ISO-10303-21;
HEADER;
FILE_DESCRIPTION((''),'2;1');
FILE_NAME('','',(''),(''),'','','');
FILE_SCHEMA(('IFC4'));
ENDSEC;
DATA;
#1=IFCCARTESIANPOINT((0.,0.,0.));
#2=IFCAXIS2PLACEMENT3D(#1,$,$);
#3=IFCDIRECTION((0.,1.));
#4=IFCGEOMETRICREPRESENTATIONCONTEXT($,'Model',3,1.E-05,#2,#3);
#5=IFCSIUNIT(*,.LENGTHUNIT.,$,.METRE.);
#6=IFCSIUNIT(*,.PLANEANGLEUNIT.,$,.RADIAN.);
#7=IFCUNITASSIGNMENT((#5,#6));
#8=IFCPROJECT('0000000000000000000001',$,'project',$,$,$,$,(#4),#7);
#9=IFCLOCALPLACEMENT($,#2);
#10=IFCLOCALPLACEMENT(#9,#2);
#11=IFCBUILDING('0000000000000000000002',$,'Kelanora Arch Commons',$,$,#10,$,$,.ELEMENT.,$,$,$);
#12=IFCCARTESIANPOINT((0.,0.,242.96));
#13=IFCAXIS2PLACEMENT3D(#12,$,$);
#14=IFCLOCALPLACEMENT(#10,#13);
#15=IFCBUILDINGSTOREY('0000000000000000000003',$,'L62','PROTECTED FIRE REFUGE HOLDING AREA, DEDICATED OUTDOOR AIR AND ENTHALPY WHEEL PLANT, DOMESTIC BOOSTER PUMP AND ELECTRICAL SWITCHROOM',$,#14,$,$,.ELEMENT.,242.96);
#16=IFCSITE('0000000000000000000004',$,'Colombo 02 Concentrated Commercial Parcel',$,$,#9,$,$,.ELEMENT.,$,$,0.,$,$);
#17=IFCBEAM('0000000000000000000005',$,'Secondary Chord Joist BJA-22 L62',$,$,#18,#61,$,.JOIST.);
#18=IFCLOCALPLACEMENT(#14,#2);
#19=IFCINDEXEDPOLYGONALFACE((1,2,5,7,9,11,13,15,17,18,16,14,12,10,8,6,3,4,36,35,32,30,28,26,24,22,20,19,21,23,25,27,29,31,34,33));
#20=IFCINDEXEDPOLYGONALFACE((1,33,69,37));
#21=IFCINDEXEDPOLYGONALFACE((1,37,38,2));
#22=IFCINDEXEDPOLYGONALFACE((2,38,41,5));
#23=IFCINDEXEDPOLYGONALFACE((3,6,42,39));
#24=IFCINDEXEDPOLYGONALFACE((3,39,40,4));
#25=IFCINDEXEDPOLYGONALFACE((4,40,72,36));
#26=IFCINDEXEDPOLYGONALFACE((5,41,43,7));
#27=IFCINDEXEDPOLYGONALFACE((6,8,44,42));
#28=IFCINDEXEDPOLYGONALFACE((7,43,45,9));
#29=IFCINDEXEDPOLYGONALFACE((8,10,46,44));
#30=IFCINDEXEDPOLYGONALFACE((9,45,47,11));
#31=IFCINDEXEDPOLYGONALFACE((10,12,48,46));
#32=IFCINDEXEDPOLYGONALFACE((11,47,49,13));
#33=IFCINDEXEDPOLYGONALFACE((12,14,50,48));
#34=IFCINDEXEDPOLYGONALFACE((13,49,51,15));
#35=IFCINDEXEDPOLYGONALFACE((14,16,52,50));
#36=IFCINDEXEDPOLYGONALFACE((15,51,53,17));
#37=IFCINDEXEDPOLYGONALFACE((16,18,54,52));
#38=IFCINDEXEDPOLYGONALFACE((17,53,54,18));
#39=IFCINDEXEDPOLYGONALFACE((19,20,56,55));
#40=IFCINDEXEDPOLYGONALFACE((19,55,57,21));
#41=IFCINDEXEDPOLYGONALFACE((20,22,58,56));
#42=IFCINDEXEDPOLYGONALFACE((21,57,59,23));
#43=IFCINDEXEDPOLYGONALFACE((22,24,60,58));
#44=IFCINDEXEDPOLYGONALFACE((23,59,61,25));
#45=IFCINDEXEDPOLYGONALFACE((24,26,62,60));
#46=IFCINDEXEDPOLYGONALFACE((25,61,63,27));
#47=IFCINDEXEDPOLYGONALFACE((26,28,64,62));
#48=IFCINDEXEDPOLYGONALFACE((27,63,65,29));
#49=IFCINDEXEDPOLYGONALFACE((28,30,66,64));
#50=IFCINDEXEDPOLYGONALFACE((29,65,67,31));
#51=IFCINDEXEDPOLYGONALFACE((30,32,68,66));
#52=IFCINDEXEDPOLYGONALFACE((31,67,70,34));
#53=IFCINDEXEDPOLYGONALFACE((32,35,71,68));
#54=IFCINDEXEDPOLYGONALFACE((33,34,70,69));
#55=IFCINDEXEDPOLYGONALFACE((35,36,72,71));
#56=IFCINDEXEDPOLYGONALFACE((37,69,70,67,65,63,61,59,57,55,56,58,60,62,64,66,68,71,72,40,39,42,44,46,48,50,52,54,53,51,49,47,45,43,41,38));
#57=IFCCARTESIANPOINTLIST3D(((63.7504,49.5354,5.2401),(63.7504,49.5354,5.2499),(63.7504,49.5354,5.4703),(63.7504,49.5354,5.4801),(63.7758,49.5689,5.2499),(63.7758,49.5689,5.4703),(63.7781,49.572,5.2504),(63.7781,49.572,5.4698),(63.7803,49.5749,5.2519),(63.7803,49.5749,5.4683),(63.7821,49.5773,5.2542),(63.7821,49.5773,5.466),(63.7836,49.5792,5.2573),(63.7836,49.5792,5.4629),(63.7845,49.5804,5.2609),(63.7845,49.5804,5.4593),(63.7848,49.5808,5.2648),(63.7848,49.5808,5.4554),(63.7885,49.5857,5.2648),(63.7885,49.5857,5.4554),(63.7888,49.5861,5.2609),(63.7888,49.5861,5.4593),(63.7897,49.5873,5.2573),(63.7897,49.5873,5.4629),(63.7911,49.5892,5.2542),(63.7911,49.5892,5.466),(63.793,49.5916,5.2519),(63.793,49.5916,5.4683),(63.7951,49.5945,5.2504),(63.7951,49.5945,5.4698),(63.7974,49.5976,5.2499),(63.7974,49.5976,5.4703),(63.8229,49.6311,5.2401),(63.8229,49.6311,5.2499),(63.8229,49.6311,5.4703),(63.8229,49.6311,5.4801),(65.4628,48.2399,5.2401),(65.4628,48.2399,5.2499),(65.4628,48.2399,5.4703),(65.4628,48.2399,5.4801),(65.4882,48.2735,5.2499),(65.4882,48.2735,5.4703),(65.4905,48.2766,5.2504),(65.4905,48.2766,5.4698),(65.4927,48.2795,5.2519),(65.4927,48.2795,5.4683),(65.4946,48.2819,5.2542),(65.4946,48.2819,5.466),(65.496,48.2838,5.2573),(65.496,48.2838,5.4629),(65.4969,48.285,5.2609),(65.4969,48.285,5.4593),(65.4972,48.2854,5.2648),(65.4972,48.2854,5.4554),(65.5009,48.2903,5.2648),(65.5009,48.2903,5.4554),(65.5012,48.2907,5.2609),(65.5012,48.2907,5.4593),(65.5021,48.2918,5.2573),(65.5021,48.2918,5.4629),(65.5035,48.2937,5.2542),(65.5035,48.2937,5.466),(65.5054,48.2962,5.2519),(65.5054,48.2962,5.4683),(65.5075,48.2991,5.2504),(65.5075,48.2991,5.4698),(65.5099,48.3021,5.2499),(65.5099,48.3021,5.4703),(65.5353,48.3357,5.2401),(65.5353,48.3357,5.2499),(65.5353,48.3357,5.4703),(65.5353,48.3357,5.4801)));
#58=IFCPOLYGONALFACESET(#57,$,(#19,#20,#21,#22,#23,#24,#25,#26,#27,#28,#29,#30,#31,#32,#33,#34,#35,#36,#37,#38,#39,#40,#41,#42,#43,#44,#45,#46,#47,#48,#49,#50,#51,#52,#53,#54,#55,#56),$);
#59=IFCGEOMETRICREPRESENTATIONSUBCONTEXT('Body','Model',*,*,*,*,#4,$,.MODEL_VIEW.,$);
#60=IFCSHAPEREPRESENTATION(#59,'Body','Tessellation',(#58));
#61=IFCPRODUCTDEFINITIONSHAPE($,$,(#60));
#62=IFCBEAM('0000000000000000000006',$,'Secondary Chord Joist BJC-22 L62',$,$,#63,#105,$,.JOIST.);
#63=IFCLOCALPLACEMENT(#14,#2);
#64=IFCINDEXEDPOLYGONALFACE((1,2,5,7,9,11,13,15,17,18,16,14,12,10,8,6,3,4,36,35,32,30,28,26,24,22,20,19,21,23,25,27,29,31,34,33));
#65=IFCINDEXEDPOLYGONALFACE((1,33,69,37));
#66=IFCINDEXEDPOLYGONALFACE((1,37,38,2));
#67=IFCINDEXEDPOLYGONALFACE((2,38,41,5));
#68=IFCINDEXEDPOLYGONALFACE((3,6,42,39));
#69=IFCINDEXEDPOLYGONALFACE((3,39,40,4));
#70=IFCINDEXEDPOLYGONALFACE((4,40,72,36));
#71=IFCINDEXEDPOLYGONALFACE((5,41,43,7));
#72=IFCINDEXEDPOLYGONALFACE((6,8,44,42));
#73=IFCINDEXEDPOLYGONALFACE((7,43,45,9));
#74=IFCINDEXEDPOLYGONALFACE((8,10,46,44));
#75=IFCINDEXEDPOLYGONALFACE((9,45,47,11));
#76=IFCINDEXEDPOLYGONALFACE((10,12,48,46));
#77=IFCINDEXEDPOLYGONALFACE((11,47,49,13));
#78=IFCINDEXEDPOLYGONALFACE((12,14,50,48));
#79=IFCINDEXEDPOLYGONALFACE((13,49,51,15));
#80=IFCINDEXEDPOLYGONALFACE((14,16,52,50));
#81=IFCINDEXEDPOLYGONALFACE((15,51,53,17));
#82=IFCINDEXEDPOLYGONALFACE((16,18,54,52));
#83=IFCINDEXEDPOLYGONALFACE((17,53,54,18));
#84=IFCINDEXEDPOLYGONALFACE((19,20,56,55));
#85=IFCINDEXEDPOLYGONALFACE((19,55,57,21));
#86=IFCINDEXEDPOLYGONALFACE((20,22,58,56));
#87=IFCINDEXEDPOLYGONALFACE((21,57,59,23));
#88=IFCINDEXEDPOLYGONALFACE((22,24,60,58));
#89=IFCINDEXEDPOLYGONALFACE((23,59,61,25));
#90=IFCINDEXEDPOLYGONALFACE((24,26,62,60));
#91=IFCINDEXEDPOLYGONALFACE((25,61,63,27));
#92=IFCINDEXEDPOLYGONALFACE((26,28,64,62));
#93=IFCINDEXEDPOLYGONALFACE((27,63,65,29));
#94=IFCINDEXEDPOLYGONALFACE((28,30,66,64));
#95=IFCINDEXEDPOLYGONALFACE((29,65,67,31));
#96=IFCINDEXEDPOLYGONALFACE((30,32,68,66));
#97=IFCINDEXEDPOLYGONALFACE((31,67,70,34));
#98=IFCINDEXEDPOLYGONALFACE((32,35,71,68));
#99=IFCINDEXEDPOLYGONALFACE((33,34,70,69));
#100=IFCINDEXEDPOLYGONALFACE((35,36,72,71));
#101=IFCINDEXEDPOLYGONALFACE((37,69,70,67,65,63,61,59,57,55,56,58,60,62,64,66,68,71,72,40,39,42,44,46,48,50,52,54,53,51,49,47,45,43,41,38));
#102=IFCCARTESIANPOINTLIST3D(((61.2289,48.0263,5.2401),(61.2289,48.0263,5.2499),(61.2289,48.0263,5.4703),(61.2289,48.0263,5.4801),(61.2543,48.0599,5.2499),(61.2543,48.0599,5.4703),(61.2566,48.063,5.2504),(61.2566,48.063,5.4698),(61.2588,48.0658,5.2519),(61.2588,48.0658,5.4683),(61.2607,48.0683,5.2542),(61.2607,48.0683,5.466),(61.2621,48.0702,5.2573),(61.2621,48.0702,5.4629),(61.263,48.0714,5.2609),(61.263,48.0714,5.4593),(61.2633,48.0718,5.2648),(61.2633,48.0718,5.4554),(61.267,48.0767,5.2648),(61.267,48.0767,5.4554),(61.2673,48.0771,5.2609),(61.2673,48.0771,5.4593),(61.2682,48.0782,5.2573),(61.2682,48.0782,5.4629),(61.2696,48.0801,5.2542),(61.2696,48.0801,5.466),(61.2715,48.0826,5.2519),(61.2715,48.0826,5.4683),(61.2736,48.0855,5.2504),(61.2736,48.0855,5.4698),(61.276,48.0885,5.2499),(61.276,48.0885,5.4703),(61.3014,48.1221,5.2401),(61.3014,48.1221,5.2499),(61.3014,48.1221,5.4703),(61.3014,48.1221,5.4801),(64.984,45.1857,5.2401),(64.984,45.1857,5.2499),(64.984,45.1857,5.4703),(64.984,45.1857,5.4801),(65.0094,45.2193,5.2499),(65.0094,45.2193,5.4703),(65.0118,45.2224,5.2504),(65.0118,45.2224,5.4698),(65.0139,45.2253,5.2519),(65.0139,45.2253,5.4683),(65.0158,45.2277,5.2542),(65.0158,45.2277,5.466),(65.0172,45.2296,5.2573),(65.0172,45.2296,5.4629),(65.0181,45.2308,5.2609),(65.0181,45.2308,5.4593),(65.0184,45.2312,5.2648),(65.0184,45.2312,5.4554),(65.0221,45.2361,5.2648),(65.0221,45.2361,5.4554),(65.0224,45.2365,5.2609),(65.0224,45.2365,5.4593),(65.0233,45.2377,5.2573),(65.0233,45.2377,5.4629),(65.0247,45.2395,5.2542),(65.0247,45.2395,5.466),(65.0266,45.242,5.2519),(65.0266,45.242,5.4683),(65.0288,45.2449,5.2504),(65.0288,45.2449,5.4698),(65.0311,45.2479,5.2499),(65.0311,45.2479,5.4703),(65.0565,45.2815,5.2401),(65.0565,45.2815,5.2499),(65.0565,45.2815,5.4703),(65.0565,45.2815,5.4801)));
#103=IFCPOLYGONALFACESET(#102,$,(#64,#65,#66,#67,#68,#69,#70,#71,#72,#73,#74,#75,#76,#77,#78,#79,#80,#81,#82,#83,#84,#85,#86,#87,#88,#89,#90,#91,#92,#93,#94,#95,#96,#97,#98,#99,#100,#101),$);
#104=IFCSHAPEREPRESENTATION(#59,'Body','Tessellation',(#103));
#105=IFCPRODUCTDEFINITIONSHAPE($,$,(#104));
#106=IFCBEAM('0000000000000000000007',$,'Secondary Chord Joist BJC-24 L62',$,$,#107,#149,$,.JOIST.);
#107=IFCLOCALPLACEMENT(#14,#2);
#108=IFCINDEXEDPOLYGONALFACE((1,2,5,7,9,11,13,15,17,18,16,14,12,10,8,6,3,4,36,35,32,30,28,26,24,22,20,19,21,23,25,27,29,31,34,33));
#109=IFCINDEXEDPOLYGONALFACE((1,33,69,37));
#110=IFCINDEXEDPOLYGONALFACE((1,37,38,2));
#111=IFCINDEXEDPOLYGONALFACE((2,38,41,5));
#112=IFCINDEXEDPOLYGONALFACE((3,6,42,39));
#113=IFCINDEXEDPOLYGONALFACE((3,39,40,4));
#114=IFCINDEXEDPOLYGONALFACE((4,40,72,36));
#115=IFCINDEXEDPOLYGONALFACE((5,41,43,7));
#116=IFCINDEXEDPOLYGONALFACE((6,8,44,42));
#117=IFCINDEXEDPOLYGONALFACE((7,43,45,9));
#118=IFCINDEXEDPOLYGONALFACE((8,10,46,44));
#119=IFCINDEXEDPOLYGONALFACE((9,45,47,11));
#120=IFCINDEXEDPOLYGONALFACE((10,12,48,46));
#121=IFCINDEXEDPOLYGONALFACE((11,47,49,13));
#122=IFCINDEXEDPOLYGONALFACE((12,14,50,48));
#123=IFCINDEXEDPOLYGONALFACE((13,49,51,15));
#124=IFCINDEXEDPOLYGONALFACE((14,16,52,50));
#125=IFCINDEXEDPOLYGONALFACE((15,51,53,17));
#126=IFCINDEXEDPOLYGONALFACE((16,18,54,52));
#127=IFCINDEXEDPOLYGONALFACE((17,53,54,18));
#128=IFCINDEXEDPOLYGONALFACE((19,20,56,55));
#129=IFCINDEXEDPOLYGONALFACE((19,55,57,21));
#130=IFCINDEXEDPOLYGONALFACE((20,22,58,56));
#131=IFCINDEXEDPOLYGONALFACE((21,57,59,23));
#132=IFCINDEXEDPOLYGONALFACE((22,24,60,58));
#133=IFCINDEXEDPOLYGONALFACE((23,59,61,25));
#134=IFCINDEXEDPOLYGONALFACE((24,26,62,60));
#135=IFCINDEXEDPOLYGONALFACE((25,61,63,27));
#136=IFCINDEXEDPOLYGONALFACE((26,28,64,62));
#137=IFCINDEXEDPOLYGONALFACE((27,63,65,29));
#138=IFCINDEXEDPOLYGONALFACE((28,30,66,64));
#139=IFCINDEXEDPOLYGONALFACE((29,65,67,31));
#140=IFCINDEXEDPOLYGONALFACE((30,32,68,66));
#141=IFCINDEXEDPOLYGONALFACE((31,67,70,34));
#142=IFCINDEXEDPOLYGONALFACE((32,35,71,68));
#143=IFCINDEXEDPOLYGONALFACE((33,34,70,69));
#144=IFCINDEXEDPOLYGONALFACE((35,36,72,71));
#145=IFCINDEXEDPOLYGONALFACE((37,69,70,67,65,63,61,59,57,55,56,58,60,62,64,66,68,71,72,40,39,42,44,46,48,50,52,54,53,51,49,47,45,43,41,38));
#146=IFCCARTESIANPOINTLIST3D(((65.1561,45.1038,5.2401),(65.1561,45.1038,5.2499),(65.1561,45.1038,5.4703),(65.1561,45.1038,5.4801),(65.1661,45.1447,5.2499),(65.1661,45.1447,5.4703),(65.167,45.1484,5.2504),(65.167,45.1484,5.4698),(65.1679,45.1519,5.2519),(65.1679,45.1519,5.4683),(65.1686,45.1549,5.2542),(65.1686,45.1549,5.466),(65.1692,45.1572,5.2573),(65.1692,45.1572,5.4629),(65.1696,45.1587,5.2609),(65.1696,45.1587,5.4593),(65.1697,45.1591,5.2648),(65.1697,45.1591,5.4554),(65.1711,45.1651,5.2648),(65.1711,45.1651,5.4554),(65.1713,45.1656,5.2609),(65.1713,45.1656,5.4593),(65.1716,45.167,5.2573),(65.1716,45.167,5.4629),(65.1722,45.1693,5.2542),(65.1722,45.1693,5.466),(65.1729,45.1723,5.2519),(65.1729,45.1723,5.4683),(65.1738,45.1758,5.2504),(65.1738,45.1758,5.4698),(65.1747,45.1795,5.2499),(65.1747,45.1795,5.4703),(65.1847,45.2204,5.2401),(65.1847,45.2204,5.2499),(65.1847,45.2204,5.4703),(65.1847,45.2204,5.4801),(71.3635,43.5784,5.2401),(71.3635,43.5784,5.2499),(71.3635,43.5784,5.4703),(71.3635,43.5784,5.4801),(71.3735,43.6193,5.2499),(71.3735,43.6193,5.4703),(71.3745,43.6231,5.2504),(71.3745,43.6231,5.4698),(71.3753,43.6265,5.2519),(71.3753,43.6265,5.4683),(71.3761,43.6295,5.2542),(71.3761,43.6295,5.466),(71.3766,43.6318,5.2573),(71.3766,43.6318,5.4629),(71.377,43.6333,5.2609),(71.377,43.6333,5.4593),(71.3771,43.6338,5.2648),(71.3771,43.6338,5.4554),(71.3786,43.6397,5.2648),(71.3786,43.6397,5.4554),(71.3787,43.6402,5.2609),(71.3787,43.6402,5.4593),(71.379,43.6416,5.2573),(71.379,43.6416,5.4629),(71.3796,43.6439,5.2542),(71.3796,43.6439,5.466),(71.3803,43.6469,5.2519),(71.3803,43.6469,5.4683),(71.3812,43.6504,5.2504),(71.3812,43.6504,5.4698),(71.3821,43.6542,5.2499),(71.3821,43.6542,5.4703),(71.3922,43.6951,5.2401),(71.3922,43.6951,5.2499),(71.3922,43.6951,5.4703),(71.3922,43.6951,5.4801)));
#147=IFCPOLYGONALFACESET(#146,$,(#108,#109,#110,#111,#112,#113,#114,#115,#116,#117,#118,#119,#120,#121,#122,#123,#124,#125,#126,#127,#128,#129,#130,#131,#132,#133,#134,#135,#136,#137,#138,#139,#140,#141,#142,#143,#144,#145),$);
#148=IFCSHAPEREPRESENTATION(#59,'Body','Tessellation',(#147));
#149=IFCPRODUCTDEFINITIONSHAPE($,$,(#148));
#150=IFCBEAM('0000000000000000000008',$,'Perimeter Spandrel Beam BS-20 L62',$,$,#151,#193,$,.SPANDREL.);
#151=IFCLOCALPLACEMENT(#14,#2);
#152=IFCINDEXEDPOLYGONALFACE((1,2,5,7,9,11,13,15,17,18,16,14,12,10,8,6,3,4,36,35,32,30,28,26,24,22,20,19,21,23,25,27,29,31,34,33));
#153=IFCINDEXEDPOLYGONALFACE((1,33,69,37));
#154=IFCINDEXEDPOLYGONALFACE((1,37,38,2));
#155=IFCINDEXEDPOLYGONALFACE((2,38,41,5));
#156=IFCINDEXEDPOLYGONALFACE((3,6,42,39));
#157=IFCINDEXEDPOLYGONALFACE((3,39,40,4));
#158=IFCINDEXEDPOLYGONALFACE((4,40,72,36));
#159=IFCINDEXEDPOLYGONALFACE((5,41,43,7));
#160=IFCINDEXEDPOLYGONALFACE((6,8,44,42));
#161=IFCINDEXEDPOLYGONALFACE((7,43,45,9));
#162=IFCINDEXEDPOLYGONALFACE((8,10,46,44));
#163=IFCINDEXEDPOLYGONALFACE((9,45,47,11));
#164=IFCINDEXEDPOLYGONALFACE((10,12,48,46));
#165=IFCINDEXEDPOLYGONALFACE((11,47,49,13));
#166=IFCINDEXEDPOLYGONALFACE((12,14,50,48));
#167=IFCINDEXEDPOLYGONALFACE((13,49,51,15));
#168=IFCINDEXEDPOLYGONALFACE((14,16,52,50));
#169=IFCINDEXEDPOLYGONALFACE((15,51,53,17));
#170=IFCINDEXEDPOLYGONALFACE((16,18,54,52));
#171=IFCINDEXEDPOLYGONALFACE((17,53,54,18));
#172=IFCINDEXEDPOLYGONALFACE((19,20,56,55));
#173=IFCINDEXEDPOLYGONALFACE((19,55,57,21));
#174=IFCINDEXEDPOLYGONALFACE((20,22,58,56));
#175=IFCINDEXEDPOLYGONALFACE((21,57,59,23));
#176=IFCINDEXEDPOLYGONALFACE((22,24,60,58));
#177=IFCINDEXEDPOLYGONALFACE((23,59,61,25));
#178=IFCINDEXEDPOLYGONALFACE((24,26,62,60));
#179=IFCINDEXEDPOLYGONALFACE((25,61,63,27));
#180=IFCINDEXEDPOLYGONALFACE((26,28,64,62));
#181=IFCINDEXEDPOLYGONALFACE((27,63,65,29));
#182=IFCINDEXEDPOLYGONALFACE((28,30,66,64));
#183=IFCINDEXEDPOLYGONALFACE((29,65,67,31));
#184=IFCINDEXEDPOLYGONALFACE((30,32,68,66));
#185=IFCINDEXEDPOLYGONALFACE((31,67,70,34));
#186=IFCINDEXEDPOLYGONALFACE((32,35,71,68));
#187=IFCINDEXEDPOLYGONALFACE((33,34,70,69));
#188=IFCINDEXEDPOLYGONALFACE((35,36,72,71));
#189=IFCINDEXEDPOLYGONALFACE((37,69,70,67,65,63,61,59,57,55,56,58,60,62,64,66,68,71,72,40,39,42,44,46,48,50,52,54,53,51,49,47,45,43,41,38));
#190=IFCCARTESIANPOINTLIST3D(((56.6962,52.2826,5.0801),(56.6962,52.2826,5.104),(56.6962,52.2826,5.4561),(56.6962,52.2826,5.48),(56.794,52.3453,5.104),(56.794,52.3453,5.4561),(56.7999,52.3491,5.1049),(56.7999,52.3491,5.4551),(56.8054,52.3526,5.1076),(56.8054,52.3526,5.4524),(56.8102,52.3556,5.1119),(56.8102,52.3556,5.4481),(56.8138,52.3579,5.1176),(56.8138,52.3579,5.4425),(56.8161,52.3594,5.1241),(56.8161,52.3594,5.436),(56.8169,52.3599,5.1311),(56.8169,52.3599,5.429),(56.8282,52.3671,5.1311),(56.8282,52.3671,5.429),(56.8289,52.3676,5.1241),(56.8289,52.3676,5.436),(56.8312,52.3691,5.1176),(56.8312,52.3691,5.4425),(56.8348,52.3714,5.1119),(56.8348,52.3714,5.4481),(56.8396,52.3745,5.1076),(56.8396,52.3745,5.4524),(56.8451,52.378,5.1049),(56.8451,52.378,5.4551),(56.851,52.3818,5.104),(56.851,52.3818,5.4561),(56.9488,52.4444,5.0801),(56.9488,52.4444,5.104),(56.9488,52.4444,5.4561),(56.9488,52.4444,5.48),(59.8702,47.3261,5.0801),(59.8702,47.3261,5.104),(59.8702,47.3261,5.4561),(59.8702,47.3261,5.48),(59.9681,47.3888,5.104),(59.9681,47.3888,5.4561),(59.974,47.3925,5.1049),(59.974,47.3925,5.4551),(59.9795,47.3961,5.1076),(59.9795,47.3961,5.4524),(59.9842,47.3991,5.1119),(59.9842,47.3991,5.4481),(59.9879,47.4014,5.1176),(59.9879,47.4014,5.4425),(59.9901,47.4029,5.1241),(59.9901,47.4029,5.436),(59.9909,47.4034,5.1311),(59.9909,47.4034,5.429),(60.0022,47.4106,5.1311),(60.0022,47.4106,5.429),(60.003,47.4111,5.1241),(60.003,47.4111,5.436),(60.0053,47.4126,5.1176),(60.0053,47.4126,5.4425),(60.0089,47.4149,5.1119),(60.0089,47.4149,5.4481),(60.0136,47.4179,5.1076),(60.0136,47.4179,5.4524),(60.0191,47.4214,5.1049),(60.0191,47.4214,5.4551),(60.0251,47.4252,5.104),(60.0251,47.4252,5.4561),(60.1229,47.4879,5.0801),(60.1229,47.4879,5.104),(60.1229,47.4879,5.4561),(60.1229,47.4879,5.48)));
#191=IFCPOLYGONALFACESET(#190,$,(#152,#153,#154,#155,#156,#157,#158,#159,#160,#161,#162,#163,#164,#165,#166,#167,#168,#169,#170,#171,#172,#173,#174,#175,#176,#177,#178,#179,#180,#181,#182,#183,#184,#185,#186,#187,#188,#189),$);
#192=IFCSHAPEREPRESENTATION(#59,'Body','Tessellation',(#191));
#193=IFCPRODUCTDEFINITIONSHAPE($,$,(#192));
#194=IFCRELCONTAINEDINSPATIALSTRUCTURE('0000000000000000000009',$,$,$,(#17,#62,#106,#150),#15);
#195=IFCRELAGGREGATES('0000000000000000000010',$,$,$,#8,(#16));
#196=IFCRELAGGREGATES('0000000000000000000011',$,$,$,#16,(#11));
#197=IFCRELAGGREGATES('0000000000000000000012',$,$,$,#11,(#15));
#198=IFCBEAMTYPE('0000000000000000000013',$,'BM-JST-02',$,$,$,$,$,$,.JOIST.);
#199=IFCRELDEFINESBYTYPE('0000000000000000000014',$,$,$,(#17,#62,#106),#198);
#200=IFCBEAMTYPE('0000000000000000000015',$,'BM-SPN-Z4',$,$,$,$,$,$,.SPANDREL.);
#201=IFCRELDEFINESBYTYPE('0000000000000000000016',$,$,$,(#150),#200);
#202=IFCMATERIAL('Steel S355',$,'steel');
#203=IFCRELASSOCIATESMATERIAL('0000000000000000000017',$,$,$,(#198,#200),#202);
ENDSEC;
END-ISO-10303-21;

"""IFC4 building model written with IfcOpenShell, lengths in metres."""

from ifc_helpers import new_model, si_unit, direction, frame, origin, origin_2d, place, context, subcontext, project, spatial, i_section, extrude, material, material_profile, profile_set, type_object, element, save


model = new_model("IFC4")

# Units and contexts
model_context = context("Model", 3, precision=1e-05, world=origin(), true_north=direction((0.0, 1.0)))
body_context = subcontext(model_context, "Body", "Model", "MODEL_VIEW")
ifc_project = project(units=[si_unit("LENGTHUNIT", "METRE"), si_unit("PLANEANGLEUNIT", "RADIAN")], contexts=[model_context])

# Site, building, storey
site_placement = place(None, origin())
site = spatial("IfcSite", under=ifc_project, at=site_placement, Name="Colombo 02 Concentrated Commercial Parcel", CompositionType="ELEMENT", RefElevation=0.0)
building_placement = place(site_placement, origin())
building = spatial("IfcBuilding", under=site, at=building_placement, Name="Kelanora Arch Commons", CompositionType="ELEMENT")
storey_placement = place(building_placement, frame((0.0, 0.0, 242.96)))
storey = spatial("IfcBuildingStorey", under=building, at=storey_placement, Name="L62", Description="PROTECTED FIRE REFUGE HOLDING AREA, DEDICATED OUTDOOR AIR AND ENTHALPY WHEEL PLANT, DOMESTIC BOOSTER PUMP AND ELECTRICAL SWITCHROOM", CompositionType="ELEMENT", Elevation=242.96)

# Beams
ifc_material_1 = material(Name="Steel S355", Category="steel")
ifc_material_profile_1 = material_profile(ifc_material_1, i_section(OverallWidth=0.1201, OverallDepth=0.24, WebThickness=0.0061, FlangeThickness=0.0098, FilletRadius=0.0149, at=origin_2d()), Name="IPE240")
ifc_profile_set_1 = profile_set([ifc_material_profile_1], Name="Steel S355")
beam_type_1 = type_object("IfcBeamType", Name="BM-JST-02", PredefinedType="JOIST", material=ifc_profile_set_1)
beam_1_placement = place(storey_placement, frame((63.7866, 49.5833, 5.3601), z_axis=(0.79751, -0.603306, 0.0), x_axis=(0.603306, 0.79751, 0.0)))
element("IfcBeam", 1, at=beam_1_placement, inside=storey, type_object=beam_type_1, Name="Secondary Chord Joist BJA-22 L62", PredefinedType="JOIST", context=body_context, shape_type="SweptSolid", body=[
    extrude(i_section(OverallWidth=0.1201, OverallDepth=0.24, WebThickness=0.0061, FlangeThickness=0.0098, FilletRadius=0.0149, at=origin_2d()), origin(), (0.0, 0.0, 1.0), 2.1472),
])
beam_2_placement = place(storey_placement, frame((61.2651, 48.0742, 5.3601), z_axis=(0.797523, -0.603289, 0.0), x_axis=(0.603289, 0.797523, 0.0)))
element("IfcBeam", 2, at=beam_2_placement, inside=storey, type_object=beam_type_1, Name="Secondary Chord Joist BJC-22 L62", PredefinedType="JOIST", context=body_context, shape_type="SweptSolid", body=[
    extrude(i_section(OverallWidth=0.1201, OverallDepth=0.24, WebThickness=0.0061, FlangeThickness=0.0098, FilletRadius=0.0149, at=origin_2d()), origin(), (0.0, 0.0, 1.0), 4.7085),
])
beam_3_placement = place(storey_placement, frame((65.1704, 45.1621, 5.3601), z_axis=(0.97111, -0.238633, 0.0), x_axis=(0.238633, 0.97111, 0.0)))
element("IfcBeam", 3, at=beam_3_placement, inside=storey, type_object=beam_type_1, Name="Secondary Chord Joist BJC-24 L62", PredefinedType="JOIST", context=body_context, shape_type="SweptSolid", body=[
    extrude(i_section(OverallWidth=0.1201, OverallDepth=0.24, WebThickness=0.0061, FlangeThickness=0.0098, FilletRadius=0.0149, at=origin_2d()), origin(), (0.0, 0.0, 1.0), 6.3921),
])
ifc_material_profile_2 = material_profile(ifc_material_1, i_section(OverallWidth=0.3, OverallDepth=0.3999, WebThickness=0.0134, FlangeThickness=0.0239, FilletRadius=0.0271, at=origin_2d()), Name="HEB400")
ifc_profile_set_2 = profile_set([ifc_material_profile_2], Name="Steel S355")
beam_type_2 = type_object("IfcBeamType", Name="BM-SPN-Z4", PredefinedType="SPANDREL", material=ifc_profile_set_2)
beam_4_placement = place(storey_placement, frame((56.8225, 52.3635, 5.28), z_axis=(0.539281, -0.842126, 0.0), x_axis=(0.842126, 0.539281, 0.0)))
element("IfcBeam", 4, at=beam_4_placement, inside=storey, type_object=beam_type_2, Name="Perimeter Spandrel Beam BS-20 L62", PredefinedType="SPANDREL", context=body_context, shape_type="SweptSolid", body=[
    extrude(i_section(OverallWidth=0.3, OverallDepth=0.3999, WebThickness=0.0134, FlangeThickness=0.0239, FilletRadius=0.0271, at=origin_2d()), origin(), (0.0, 0.0, 1.0), 5.8857),
])

save(model, "model.ifc")
